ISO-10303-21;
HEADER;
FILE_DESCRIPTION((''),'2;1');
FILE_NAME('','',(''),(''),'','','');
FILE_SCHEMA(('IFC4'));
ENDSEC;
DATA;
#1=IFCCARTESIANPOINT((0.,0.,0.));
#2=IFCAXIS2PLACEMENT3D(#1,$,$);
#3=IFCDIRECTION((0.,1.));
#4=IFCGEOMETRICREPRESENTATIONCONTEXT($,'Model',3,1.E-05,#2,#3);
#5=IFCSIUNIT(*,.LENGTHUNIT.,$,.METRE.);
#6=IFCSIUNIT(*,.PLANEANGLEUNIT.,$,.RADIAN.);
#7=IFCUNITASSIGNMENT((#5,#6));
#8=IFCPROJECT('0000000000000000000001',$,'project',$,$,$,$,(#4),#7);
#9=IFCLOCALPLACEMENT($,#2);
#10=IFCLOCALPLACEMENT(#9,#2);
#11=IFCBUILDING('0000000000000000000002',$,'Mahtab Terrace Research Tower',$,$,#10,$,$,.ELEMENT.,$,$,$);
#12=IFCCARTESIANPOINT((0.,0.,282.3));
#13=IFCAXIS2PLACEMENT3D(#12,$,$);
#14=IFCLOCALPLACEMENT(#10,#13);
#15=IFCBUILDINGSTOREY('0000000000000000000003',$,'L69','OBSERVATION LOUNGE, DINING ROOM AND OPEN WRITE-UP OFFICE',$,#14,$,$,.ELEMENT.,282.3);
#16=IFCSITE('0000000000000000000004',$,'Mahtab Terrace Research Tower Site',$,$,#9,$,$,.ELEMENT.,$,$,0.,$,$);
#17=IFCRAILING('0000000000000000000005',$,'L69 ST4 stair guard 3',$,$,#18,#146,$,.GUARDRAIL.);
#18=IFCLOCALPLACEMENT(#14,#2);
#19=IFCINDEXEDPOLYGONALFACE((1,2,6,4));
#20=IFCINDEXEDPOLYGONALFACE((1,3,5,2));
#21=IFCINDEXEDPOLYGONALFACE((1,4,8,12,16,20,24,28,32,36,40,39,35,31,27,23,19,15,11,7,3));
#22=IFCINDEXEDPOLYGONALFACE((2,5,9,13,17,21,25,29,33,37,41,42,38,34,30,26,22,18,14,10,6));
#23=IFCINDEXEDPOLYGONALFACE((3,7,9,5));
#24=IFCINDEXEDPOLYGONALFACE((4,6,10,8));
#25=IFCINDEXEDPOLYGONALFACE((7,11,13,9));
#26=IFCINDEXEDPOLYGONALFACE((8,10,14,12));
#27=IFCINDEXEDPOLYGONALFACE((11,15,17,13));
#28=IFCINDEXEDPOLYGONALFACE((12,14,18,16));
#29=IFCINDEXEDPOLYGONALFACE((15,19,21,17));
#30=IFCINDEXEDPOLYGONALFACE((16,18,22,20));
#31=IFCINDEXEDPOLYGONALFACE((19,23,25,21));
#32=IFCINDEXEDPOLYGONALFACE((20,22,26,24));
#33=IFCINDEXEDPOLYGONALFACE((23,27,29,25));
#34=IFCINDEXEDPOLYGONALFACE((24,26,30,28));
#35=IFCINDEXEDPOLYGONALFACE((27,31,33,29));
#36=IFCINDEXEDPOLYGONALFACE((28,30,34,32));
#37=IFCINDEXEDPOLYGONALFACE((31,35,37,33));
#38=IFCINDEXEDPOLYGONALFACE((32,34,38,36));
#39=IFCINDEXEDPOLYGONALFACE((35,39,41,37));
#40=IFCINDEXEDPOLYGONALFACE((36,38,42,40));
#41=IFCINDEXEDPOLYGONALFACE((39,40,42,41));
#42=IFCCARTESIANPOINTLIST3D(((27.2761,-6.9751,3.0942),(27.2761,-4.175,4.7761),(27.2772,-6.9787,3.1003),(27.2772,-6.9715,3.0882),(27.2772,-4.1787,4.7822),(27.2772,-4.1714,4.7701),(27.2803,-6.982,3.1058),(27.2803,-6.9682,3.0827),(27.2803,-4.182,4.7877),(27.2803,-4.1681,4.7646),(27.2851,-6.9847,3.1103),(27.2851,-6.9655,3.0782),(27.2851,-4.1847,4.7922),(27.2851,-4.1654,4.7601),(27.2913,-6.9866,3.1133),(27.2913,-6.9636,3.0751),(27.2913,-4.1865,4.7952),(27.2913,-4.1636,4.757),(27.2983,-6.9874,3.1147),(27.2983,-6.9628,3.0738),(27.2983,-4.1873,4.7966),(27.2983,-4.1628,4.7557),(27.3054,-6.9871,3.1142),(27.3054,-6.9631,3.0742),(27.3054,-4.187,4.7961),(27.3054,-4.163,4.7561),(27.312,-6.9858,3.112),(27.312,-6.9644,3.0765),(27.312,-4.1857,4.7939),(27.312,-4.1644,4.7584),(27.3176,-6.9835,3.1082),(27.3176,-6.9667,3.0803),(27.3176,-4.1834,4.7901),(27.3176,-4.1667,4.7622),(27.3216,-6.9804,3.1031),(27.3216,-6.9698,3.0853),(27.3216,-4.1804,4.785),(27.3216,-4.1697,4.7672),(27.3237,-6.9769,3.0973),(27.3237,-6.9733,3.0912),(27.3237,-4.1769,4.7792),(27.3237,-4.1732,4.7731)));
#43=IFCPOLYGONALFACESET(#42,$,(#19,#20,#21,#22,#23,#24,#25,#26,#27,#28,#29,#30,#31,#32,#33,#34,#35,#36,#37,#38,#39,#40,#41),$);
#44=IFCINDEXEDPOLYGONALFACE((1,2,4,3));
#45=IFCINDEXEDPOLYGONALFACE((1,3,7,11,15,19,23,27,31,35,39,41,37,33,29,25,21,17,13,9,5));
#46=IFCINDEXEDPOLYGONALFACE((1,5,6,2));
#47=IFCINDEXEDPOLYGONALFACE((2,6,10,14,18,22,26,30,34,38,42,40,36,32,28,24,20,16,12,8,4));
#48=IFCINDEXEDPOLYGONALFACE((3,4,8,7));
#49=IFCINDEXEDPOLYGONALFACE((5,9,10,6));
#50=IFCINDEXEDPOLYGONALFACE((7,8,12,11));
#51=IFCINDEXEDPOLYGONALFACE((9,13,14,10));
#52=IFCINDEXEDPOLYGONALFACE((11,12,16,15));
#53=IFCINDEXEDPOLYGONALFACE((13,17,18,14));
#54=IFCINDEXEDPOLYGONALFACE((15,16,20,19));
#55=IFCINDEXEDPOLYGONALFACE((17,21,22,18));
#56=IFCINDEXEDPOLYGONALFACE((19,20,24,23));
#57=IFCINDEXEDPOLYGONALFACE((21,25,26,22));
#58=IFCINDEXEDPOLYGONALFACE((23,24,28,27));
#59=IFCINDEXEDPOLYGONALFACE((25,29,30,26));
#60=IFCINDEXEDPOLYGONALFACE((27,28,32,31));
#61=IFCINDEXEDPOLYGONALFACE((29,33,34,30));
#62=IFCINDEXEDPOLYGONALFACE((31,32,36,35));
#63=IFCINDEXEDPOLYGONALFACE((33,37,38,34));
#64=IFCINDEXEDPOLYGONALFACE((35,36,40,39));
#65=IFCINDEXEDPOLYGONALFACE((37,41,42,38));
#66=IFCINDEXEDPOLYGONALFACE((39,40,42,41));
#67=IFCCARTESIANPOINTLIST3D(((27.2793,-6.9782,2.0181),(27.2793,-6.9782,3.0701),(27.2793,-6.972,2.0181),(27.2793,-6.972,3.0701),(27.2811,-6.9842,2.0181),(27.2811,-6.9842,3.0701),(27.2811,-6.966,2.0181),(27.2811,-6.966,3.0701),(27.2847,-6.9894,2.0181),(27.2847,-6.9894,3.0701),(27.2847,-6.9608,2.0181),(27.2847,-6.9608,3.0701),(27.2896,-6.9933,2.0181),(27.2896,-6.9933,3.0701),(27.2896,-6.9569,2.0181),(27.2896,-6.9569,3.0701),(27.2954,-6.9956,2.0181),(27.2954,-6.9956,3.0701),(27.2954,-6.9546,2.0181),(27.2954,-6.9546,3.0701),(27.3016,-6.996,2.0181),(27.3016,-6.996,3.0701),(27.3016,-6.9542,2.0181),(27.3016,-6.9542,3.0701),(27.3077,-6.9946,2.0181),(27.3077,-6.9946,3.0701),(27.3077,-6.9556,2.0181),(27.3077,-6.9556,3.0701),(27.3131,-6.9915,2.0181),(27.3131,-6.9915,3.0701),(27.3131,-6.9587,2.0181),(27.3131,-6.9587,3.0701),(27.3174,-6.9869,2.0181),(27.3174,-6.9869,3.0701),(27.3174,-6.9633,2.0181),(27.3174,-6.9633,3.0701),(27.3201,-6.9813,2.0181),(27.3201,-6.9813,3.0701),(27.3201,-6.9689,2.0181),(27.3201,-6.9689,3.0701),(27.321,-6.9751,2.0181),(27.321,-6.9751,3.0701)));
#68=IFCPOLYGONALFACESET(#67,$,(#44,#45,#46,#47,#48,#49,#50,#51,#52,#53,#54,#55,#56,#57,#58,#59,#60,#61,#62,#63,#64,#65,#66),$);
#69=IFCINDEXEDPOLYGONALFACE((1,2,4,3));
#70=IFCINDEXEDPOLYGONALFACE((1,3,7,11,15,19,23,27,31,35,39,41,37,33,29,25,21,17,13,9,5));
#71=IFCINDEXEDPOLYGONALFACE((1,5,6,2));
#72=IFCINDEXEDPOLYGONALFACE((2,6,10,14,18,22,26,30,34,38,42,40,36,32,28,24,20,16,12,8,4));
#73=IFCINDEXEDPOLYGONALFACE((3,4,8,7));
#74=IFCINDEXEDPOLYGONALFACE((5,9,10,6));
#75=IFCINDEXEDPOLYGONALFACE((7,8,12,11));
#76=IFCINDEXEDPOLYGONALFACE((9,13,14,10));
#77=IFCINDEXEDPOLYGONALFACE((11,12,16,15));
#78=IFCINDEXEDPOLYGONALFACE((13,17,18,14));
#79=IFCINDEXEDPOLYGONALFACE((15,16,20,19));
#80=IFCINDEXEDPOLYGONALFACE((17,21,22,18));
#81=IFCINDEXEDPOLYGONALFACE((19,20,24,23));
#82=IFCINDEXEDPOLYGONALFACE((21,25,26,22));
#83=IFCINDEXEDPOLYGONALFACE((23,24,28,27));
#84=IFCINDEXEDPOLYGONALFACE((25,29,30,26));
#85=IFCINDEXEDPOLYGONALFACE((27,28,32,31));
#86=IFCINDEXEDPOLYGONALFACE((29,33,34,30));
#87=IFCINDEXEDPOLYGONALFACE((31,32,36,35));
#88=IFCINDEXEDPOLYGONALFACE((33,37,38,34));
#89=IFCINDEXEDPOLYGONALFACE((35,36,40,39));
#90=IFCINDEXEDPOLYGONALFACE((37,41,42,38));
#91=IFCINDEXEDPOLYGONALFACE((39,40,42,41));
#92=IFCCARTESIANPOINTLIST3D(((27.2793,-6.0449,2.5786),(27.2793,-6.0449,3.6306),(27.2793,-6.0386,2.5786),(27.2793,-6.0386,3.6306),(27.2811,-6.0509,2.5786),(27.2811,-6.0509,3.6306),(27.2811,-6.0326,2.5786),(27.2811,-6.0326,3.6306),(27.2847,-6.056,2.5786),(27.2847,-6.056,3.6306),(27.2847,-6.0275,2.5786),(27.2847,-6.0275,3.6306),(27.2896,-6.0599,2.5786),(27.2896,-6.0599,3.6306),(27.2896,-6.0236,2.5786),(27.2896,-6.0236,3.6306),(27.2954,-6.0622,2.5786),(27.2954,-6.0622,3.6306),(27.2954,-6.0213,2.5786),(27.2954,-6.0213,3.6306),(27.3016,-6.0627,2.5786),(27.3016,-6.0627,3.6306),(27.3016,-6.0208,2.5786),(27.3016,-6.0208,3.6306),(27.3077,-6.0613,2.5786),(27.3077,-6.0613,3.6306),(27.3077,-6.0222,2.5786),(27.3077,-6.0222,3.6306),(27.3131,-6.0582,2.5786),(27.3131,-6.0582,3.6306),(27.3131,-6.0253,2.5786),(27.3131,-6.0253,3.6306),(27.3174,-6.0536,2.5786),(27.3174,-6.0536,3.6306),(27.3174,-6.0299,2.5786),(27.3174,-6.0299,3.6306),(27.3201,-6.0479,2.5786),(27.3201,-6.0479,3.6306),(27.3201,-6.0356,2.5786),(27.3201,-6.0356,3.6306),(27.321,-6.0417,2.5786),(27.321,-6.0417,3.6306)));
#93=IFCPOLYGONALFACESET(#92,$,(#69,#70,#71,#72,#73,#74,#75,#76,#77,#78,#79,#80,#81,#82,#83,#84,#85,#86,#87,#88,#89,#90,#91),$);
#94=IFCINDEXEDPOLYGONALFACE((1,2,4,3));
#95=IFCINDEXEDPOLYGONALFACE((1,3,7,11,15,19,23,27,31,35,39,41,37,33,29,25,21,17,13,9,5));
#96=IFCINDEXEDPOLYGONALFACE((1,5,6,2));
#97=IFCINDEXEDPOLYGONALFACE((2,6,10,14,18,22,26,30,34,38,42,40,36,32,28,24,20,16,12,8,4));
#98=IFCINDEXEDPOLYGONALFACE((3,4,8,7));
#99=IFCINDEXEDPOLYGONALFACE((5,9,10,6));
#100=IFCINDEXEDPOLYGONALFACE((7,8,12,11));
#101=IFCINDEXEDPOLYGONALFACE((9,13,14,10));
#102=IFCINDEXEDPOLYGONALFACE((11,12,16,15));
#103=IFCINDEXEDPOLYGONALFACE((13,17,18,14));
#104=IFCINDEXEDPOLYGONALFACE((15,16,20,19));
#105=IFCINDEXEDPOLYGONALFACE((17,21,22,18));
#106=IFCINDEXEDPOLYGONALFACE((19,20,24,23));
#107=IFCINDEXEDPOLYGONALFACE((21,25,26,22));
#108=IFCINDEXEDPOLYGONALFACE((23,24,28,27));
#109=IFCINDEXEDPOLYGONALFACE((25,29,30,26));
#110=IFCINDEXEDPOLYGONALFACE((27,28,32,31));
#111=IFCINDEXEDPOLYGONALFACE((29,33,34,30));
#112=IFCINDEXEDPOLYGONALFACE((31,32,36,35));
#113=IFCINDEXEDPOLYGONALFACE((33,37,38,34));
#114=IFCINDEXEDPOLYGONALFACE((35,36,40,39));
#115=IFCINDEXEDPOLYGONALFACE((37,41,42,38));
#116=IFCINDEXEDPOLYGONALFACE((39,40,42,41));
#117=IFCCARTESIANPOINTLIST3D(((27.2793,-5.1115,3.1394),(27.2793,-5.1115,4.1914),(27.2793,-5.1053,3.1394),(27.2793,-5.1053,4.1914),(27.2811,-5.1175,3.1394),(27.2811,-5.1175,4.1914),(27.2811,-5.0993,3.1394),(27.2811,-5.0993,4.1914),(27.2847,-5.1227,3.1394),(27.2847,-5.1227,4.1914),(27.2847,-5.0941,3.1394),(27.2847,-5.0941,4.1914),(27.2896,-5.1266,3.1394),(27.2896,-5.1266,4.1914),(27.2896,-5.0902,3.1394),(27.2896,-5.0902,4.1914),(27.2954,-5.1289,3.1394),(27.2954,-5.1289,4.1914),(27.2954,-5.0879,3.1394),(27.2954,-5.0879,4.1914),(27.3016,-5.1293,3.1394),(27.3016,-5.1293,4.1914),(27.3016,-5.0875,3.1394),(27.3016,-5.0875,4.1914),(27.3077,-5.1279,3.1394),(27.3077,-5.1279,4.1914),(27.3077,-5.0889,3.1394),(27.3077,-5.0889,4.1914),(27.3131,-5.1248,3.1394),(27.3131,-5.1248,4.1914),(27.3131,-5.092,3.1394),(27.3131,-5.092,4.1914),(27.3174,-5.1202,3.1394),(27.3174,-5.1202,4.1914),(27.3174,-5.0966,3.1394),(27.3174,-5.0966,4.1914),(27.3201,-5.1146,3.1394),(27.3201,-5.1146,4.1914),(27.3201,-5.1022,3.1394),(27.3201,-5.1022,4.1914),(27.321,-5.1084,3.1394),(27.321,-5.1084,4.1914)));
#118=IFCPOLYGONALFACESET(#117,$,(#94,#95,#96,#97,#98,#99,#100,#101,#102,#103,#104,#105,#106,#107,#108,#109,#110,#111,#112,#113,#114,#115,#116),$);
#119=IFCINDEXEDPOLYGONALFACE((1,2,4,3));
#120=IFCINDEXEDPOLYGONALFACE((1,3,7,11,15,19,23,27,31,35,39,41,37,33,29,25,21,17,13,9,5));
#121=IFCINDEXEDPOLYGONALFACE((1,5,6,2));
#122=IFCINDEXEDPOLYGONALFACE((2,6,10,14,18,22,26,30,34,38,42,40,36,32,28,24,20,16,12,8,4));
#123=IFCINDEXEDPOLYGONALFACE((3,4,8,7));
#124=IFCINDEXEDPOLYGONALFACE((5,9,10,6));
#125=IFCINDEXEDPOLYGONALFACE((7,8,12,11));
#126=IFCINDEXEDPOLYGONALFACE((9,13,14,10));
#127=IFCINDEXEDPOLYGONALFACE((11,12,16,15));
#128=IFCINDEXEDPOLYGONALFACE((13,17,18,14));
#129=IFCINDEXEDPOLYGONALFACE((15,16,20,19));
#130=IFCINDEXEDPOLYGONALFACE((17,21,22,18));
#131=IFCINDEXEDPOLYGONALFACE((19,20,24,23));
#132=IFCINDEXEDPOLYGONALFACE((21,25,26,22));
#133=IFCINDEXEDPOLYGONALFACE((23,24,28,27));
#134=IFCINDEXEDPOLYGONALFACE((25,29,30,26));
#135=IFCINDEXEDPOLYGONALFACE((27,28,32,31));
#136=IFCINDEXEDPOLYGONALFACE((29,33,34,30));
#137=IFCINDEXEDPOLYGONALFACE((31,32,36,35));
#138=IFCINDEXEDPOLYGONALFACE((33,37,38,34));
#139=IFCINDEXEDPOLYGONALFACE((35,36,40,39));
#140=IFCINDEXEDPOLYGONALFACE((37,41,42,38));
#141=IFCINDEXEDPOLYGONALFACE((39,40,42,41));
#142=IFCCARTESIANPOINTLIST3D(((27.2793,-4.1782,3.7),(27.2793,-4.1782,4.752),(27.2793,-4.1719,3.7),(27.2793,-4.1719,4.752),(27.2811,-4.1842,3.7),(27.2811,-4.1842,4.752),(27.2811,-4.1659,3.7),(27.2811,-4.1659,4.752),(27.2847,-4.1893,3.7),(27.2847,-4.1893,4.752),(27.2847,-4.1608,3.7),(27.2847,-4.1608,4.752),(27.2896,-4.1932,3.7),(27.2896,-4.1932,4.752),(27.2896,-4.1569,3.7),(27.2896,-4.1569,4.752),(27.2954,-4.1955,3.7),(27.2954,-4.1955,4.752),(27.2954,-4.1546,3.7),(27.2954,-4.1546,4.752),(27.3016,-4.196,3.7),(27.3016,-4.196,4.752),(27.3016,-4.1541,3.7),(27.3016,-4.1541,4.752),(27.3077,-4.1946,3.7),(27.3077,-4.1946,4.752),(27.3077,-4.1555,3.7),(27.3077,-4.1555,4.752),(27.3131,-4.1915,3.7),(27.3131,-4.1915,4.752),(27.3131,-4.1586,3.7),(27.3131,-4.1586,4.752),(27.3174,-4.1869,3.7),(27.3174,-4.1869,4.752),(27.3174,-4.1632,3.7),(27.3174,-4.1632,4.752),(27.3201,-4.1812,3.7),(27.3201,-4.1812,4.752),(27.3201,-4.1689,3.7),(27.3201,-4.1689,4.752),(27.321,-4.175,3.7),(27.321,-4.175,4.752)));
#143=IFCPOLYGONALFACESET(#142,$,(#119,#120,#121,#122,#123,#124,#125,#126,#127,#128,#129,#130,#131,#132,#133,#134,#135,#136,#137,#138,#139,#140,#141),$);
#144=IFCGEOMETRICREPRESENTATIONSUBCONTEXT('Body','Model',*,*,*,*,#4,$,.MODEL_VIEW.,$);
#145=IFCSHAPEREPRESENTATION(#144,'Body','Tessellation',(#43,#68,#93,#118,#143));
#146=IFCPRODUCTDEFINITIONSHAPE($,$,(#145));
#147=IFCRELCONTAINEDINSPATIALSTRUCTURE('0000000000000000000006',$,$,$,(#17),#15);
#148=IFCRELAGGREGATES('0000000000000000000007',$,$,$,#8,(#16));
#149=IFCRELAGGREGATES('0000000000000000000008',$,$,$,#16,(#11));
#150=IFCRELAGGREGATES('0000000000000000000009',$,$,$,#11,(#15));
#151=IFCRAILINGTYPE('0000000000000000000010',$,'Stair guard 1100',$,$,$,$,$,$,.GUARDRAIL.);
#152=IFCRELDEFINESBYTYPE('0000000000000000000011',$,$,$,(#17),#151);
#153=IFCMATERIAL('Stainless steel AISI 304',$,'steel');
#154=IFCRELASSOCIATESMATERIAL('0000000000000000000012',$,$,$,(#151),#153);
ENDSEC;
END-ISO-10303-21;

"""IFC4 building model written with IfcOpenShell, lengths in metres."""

from ifc_helpers import new_model, si_unit, direction, frame, origin, origin_2d, place, context, subcontext, project, spatial, circle, extrude, material, type_object, element, save


model = new_model("IFC4")

# Units and contexts
model_context = context("Model", 3, precision=1e-05, world=origin(), true_north=direction((0.0, 1.0)))
body_context = subcontext(model_context, "Body", "Model", "MODEL_VIEW")
ifc_project = project(units=[si_unit("LENGTHUNIT", "METRE"), si_unit("PLANEANGLEUNIT", "RADIAN")], contexts=[model_context])

# Site, building, storey
site_placement = place(None, origin())
site = spatial("IfcSite", under=ifc_project, at=site_placement, Name="Mahtab Terrace Research Tower Site", CompositionType="ELEMENT", RefElevation=0.0)
building_placement = place(site_placement, origin())
building = spatial("IfcBuilding", under=site, at=building_placement, Name="Mahtab Terrace Research Tower", CompositionType="ELEMENT")
storey_placement = place(building_placement, frame((0.0, 0.0, 282.3)))
storey = spatial("IfcBuildingStorey", under=building, at=storey_placement, Name="L69", Description="OBSERVATION LOUNGE, DINING ROOM AND OPEN WRITE-UP OFFICE", CompositionType="ELEMENT", Elevation=282.3)

# Railing
ifc_material_1 = material(Name="Stainless steel AISI 304", Category="steel")
railing_type_1 = type_object("IfcRailingType", Name="Stair guard 1100", PredefinedType="GUARDRAIL", material=ifc_material_1)
railing_1_placement = place(storey_placement, frame((27.3, -6.9751, 2.0181)))
element("IfcRailing", 1, at=railing_1_placement, inside=storey, type_object=railing_type_1, Name="L69 ST4 stair guard 3", PredefinedType="GUARDRAIL", context=body_context, shape_type="SweptSolid", body=[
    extrude(circle(Radius=0.0239, at=origin_2d()), frame((0.0, 0.0, 1.0762), z_axis=(0.0, 0.857242, 0.514913), x_axis=(-1.0, 0.0, 0.0)), (0.0, 0.0, 1.0), 3.2664),
    extrude(circle(Radius=0.021, at=origin_2d()), origin(), (0.0, 0.0, 1.0), 1.052),
    extrude(circle(Radius=0.021, at=origin_2d()), frame((0.0, 0.9333, 0.5605)), (0.0, 0.0, 1.0), 1.052),
    extrude(circle(Radius=0.021, at=origin_2d()), frame((0.0, 1.8667, 1.1213)), (0.0, 0.0, 1.0), 1.052),
    extrude(circle(Radius=0.021, at=origin_2d()), frame((0.0, 2.8, 1.6819)), (0.0, 0.0, 1.0), 1.052),
])

save(model, "model.ifc")
